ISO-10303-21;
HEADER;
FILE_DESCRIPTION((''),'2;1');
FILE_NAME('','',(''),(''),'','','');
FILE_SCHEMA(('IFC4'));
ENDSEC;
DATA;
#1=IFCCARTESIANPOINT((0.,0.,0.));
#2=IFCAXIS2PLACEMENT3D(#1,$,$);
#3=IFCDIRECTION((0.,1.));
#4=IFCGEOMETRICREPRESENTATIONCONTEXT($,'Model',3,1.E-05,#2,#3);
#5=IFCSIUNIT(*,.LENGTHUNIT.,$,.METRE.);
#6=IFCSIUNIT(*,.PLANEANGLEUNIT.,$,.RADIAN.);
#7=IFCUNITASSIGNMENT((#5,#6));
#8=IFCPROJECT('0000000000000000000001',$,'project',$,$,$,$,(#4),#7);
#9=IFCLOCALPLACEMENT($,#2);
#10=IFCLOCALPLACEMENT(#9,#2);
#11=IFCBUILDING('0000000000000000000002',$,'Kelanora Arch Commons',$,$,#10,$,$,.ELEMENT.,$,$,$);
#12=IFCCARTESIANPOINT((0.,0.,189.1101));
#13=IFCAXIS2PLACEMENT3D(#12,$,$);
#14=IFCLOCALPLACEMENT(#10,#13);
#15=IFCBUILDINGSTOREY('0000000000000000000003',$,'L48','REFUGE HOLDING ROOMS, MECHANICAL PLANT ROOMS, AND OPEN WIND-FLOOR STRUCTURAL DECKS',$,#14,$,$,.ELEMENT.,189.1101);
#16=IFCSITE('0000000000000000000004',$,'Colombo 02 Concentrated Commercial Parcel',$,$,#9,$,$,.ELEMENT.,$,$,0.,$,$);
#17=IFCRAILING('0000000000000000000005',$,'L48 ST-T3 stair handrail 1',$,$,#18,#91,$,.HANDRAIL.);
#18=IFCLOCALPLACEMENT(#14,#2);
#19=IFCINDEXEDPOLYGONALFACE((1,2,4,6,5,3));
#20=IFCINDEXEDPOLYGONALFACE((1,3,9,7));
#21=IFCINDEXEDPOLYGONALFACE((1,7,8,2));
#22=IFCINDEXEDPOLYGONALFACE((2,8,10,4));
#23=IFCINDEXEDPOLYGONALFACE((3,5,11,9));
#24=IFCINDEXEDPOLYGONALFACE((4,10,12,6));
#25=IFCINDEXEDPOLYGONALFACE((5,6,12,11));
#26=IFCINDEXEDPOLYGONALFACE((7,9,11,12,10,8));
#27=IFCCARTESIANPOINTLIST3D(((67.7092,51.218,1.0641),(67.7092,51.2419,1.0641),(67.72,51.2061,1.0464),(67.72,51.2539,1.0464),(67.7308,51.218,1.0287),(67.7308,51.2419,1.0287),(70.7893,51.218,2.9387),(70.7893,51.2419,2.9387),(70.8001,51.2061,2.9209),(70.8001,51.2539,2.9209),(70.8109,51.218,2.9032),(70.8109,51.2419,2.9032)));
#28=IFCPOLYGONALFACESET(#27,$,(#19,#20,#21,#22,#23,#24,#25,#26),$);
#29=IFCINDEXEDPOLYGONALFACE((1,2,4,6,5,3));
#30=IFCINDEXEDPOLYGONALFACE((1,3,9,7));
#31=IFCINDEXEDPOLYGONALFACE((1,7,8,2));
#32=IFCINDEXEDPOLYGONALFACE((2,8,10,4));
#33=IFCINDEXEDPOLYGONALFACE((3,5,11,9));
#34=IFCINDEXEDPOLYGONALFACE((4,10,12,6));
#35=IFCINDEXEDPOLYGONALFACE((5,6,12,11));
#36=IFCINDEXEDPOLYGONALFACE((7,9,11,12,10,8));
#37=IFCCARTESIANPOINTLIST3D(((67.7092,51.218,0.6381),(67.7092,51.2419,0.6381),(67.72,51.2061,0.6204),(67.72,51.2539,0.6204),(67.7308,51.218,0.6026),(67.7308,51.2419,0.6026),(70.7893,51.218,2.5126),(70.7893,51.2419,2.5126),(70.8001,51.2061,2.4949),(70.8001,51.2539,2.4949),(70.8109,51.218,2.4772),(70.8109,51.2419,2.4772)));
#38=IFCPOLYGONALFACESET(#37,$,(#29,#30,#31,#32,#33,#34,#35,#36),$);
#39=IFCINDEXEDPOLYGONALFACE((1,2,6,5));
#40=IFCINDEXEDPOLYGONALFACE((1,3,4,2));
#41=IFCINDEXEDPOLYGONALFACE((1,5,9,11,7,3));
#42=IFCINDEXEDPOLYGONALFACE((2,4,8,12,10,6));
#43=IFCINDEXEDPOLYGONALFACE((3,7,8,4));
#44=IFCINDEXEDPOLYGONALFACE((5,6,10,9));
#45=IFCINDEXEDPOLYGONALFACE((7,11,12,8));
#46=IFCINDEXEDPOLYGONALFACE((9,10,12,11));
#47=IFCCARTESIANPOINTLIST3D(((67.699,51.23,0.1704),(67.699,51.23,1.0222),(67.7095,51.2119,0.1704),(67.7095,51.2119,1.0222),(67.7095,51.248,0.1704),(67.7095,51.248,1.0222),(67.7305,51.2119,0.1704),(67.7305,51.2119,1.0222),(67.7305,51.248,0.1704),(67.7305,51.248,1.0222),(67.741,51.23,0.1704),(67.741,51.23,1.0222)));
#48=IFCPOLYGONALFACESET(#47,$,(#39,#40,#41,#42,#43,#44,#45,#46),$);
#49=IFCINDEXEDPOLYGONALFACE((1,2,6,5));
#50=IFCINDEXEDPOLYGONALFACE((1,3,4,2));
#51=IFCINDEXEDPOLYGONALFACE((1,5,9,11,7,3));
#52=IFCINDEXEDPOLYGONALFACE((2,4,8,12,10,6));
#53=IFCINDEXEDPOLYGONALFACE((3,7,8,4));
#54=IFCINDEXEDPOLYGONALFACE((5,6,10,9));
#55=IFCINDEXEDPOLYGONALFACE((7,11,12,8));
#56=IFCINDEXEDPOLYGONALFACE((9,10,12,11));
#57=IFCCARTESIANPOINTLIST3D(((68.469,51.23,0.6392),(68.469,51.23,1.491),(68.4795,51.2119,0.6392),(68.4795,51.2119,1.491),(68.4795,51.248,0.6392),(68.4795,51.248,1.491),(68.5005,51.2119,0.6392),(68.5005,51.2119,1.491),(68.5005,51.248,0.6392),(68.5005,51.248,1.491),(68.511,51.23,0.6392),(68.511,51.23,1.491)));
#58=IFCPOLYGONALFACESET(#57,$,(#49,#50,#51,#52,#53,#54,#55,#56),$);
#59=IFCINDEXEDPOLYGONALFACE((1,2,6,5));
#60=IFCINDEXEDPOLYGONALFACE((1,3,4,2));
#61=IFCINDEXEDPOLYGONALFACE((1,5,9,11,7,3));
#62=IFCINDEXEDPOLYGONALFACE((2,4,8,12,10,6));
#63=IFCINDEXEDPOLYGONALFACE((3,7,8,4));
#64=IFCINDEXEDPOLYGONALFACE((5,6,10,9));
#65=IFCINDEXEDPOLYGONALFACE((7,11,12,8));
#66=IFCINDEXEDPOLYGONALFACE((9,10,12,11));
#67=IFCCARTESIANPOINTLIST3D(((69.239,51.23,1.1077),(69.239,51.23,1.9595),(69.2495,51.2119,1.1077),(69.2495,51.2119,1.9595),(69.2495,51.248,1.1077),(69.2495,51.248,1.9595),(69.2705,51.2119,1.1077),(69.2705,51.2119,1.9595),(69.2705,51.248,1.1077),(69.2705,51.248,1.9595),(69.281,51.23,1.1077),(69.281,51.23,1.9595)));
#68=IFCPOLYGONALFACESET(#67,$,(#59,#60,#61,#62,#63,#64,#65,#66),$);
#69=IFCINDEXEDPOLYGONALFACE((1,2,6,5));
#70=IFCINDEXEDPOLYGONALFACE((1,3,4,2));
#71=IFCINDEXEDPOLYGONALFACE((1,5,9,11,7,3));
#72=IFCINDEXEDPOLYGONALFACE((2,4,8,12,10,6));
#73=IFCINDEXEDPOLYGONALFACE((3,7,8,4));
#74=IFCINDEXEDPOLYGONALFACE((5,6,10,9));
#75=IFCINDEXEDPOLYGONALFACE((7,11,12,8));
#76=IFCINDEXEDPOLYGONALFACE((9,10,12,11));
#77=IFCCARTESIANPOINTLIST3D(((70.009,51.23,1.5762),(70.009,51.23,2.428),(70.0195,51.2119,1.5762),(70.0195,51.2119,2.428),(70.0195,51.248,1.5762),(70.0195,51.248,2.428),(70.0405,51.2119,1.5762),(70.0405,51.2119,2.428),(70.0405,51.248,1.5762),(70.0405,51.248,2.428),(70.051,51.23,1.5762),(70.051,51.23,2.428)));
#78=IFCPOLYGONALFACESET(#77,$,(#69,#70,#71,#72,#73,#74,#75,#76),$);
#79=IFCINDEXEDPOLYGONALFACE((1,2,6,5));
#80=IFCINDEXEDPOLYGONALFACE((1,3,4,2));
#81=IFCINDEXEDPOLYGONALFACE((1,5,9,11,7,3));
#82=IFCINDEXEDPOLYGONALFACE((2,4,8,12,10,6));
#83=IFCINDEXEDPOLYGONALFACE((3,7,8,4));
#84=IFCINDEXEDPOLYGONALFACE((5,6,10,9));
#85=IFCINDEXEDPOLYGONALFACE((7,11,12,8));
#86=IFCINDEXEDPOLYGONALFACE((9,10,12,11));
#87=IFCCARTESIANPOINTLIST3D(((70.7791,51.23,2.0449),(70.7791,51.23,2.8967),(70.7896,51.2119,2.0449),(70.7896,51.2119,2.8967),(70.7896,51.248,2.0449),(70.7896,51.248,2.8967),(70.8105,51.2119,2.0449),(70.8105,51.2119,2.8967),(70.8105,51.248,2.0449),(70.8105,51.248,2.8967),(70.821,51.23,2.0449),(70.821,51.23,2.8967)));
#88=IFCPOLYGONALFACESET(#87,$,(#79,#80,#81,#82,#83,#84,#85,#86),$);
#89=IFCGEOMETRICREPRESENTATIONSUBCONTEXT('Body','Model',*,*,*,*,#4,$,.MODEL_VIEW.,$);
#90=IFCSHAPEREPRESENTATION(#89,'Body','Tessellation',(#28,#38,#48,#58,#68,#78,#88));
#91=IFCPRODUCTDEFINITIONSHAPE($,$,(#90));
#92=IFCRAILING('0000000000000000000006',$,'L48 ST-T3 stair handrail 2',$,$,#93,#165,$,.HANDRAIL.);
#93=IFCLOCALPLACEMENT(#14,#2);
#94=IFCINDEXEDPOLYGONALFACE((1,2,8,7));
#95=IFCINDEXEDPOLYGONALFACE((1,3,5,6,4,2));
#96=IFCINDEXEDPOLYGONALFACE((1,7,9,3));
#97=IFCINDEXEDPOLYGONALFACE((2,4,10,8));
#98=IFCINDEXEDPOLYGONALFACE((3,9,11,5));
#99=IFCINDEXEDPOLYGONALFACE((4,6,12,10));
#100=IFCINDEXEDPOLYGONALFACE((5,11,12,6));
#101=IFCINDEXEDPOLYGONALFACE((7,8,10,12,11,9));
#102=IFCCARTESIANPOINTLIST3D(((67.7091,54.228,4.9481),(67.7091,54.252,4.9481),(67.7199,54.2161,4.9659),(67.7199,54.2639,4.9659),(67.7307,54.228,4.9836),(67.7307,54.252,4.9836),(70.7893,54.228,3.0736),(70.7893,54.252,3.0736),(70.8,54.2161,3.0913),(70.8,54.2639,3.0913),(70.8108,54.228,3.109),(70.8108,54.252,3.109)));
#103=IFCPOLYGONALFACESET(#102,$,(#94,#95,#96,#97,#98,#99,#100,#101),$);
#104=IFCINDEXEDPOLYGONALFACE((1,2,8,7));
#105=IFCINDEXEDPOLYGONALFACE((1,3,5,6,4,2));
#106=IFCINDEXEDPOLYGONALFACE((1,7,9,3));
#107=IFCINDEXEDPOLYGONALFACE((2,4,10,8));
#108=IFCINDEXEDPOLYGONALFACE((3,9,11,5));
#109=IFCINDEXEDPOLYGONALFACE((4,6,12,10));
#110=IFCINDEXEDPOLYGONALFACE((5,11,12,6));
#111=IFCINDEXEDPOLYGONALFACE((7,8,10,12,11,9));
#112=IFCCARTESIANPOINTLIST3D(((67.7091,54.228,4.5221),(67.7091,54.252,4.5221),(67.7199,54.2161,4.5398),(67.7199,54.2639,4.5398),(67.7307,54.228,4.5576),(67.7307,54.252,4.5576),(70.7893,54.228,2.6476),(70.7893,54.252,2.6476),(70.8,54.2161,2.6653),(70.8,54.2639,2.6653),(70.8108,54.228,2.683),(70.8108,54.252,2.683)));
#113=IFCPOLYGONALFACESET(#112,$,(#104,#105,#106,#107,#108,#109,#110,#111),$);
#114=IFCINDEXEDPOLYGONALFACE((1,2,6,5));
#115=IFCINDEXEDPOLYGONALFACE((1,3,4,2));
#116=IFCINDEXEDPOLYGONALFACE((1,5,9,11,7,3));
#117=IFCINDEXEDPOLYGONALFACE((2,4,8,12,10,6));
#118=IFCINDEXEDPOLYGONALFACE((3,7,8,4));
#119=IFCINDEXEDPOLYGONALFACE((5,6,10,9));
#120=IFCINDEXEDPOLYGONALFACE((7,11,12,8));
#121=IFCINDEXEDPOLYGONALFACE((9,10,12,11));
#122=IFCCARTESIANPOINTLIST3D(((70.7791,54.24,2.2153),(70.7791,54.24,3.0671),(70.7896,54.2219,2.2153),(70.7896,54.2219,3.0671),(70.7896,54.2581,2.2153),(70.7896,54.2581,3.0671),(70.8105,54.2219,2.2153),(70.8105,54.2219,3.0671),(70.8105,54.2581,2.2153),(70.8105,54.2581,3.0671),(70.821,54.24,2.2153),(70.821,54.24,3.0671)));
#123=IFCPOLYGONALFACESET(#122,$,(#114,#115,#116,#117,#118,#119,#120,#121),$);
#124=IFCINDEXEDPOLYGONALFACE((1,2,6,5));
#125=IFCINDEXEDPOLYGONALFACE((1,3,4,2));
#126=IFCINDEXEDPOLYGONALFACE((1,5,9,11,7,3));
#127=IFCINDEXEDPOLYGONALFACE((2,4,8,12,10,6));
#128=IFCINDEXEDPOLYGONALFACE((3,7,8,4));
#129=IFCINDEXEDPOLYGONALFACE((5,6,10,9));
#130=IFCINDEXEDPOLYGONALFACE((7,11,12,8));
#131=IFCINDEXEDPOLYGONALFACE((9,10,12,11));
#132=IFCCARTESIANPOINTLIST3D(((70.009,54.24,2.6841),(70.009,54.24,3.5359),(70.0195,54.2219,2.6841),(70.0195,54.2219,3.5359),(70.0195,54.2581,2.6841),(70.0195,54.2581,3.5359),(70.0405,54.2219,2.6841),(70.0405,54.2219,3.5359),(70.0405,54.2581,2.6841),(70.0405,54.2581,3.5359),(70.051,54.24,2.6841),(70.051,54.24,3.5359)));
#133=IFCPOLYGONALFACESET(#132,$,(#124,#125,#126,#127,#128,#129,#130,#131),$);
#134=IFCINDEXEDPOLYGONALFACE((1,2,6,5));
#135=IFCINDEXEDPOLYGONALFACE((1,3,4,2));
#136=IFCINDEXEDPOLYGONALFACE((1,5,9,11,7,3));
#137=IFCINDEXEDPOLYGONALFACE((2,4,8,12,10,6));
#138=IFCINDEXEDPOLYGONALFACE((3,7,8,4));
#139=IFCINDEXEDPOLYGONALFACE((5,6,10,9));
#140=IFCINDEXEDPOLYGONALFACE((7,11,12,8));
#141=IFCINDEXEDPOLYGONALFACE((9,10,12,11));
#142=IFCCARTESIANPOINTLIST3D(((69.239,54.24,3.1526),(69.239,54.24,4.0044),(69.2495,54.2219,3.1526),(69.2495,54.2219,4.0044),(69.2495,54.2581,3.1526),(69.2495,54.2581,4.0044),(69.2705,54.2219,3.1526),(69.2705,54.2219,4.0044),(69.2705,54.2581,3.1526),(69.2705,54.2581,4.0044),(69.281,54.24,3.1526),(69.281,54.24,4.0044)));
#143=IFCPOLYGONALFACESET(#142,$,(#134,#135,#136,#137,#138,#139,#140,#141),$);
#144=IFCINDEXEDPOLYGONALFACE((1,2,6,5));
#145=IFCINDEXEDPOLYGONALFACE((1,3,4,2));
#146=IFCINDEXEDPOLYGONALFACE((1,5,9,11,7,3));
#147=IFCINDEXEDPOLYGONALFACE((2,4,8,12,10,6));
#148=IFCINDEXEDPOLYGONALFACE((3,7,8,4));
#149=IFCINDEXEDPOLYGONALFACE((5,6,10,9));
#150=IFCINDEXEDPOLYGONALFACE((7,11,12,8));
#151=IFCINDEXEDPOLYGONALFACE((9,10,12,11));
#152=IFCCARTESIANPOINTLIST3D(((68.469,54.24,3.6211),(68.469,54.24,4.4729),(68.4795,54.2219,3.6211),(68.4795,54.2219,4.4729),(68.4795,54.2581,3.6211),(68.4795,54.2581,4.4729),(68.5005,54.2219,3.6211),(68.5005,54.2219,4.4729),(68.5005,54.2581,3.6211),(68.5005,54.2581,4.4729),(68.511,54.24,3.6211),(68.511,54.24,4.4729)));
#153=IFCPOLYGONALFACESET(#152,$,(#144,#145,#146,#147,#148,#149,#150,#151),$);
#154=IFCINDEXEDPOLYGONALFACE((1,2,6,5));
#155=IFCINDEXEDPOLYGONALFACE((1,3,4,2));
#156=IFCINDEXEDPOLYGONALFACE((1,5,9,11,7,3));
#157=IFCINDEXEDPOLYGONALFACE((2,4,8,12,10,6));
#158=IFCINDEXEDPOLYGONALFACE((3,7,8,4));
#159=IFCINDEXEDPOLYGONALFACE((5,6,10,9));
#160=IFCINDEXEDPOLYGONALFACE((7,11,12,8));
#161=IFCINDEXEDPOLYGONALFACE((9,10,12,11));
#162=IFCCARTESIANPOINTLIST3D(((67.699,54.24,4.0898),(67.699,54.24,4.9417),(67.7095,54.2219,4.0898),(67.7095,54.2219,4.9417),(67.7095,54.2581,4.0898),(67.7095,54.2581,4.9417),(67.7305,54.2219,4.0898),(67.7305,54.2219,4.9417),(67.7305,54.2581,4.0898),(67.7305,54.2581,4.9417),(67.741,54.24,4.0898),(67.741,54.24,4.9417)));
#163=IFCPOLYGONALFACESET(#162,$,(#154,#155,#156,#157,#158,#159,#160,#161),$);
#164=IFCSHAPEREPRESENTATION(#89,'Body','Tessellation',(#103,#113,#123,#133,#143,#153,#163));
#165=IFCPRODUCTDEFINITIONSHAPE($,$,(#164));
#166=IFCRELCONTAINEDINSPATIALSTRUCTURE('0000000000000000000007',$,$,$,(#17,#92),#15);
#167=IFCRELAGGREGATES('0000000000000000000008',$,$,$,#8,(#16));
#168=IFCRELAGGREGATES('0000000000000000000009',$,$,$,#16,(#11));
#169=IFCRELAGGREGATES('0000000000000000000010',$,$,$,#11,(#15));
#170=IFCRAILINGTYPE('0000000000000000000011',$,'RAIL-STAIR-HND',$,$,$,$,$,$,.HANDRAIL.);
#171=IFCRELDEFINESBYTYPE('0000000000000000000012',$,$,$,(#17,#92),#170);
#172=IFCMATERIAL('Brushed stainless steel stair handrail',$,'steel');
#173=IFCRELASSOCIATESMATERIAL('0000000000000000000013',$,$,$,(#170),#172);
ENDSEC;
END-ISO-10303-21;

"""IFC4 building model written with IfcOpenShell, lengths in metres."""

from ifc_helpers import new_model, si_unit, direction, frame, origin, place, context, subcontext, project, spatial, polyline, outline, extrude, material, type_object, element, save


model = new_model("IFC4")

# Units and contexts
model_context = context("Model", 3, precision=1e-05, world=origin(), true_north=direction((0.0, 1.0)))
body_context = subcontext(model_context, "Body", "Model", "MODEL_VIEW")
ifc_project = project(units=[si_unit("LENGTHUNIT", "METRE"), si_unit("PLANEANGLEUNIT", "RADIAN")], contexts=[model_context])

# Site, building, storey
site_placement = place(None, origin())
site = spatial("IfcSite", under=ifc_project, at=site_placement, Name="Colombo 02 Concentrated Commercial Parcel", CompositionType="ELEMENT", RefElevation=0.0)
building_placement = place(site_placement, origin())
building = spatial("IfcBuilding", under=site, at=building_placement, Name="Kelanora Arch Commons", CompositionType="ELEMENT")
storey_placement = place(building_placement, frame((0.0, 0.0, 189.1101)))
storey = spatial("IfcBuildingStorey", under=building, at=storey_placement, Name="L48", Description="REFUGE HOLDING ROOMS, MECHANICAL PLANT ROOMS, AND OPEN WIND-FLOOR STRUCTURAL DECKS", CompositionType="ELEMENT", Elevation=189.1101)

# Railings
ifc_material_1 = material(Name="Brushed stainless steel stair handrail", Category="steel")
railing_type_1 = type_object("IfcRailingType", Name="RAIL-STAIR-HND", PredefinedType="HANDRAIL", material=ifc_material_1)
railing_1_placement = place(storey_placement, frame((67.72, 51.23, 0.1704)))
element("IfcRailing", 1, at=railing_1_placement, inside=storey, type_object=railing_type_1, Name="L48 ST-T3 stair handrail 1", PredefinedType="HANDRAIL", context=body_context, shape_type="SweptSolid", body=[
    extrude(outline(polyline([(0.0239, 0.0), (0.012, 0.0208), (-0.012, 0.0208), (-0.0239, 0.0), (-0.012, -0.0208), (0.012, -0.0208), (0.0239, 0.0)])), frame((0.0, 0.0, 0.876), z_axis=(0.854238, 0.0, 0.519883), x_axis=(0.0, 1.0, 0.0)), (0.0, 0.0, 1.0), 3.6057),
    extrude(outline(polyline([(0.0239, 0.0), (0.012, 0.0208), (-0.012, 0.0208), (-0.0239, 0.0), (-0.012, -0.0208), (0.012, -0.0208), (0.0239, 0.0)])), frame((0.0, 0.0, 0.45), z_axis=(0.854238, 0.0, 0.519883), x_axis=(0.0, 1.0, 0.0)), (0.0, 0.0, 1.0), 3.6057),
    extrude(outline(polyline([(0.021, 0.0), (0.0105, 0.0181), (-0.0105, 0.0181), (-0.021, 0.0), (-0.0105, -0.0181), (0.0105, -0.0181), (0.021, 0.0)])), origin(), (0.0, 0.0, 1.0), 0.8518),
    extrude(outline(polyline([(0.021, 0.0), (0.0105, 0.0181), (-0.0105, 0.0181), (-0.021, 0.0), (-0.0105, -0.0181), (0.0105, -0.0181), (0.021, 0.0)])), frame((0.77, 0.0, 0.4688)), (0.0, 0.0, 1.0), 0.8518),
    extrude(outline(polyline([(0.021, 0.0), (0.0105, 0.0181), (-0.0105, 0.0181), (-0.021, 0.0), (-0.0105, -0.0181), (0.0105, -0.0181), (0.021, 0.0)])), frame((1.54, 0.0, 0.9373)), (0.0, 0.0, 1.0), 0.8518),
    extrude(outline(polyline([(0.021, 0.0), (0.0105, 0.0181), (-0.0105, 0.0181), (-0.021, 0.0), (-0.0105, -0.0181), (0.0105, -0.0181), (0.021, 0.0)])), frame((2.3101, 0.0, 1.4058)), (0.0, 0.0, 1.0), 0.8518),
    extrude(outline(polyline([(0.021, 0.0), (0.0105, 0.0181), (-0.0105, 0.0181), (-0.021, 0.0), (-0.0105, -0.0181), (0.0105, -0.0181), (0.021, 0.0)])), frame((3.0801, 0.0, 1.8745)), (0.0, 0.0, 1.0), 0.8518),
])
railing_2_placement = place(storey_placement, frame((70.8, 54.24, 2.2153)))
element("IfcRailing", 2, at=railing_2_placement, inside=storey, type_object=railing_type_1, Name="L48 ST-T3 stair handrail 2", PredefinedType="HANDRAIL", context=body_context, shape_type="SweptSolid", body=[
    extrude(outline(polyline([(0.0239, 0.0), (0.012, 0.0208), (-0.012, 0.0208), (-0.0239, 0.0), (-0.012, -0.0208), (0.012, -0.0208), (0.0239, 0.0)])), frame((0.0, 0.0, 0.876), z_axis=(-0.854238, 0.0, 0.519883), x_axis=(0.0, -1.0, 0.0)), (0.0, 0.0, 1.0), 3.6057),
    extrude(outline(polyline([(0.0239, 0.0), (0.012, 0.0208), (-0.012, 0.0208), (-0.0239, 0.0), (-0.012, -0.0208), (0.012, -0.0208), (0.0239, 0.0)])), frame((0.0, 0.0, 0.45), z_axis=(-0.854238, 0.0, 0.519883), x_axis=(0.0, -1.0, 0.0)), (0.0, 0.0, 1.0), 3.6057),
    extrude(outline(polyline([(0.021, 0.0), (0.0105, 0.0181), (-0.0105, 0.0181), (-0.021, 0.0), (-0.0105, -0.0181), (0.0105, -0.0181), (0.021, 0.0)])), origin(), (0.0, 0.0, 1.0), 0.8518),
    extrude(outline(polyline([(0.021, 0.0), (0.0105, 0.0181), (-0.0105, 0.0181), (-0.021, 0.0), (-0.0105, -0.0181), (0.0105, -0.0181), (0.021, 0.0)])), frame((-0.77, 0.0, 0.4688)), (0.0, 0.0, 1.0), 0.8518),
    extrude(outline(polyline([(0.021, 0.0), (0.0105, 0.0181), (-0.0105, 0.0181), (-0.021, 0.0), (-0.0105, -0.0181), (0.0105, -0.0181), (0.021, 0.0)])), frame((-1.54, 0.0, 0.9373)), (0.0, 0.0, 1.0), 0.8518),
    extrude(outline(polyline([(0.021, 0.0), (0.0105, 0.0181), (-0.0105, 0.0181), (-0.021, 0.0), (-0.0105, -0.0181), (0.0105, -0.0181), (0.021, 0.0)])), frame((-2.3101, 0.0, 1.4058)), (0.0, 0.0, 1.0), 0.8518),
    extrude(outline(polyline([(0.021, 0.0), (0.0105, 0.0181), (-0.0105, 0.0181), (-0.021, 0.0), (-0.0105, -0.0181), (0.0105, -0.0181), (0.021, 0.0)])), frame((-3.0801, 0.0, 1.8745)), (0.0, 0.0, 1.0), 0.8518),
])

save(model, "model.ifc")
